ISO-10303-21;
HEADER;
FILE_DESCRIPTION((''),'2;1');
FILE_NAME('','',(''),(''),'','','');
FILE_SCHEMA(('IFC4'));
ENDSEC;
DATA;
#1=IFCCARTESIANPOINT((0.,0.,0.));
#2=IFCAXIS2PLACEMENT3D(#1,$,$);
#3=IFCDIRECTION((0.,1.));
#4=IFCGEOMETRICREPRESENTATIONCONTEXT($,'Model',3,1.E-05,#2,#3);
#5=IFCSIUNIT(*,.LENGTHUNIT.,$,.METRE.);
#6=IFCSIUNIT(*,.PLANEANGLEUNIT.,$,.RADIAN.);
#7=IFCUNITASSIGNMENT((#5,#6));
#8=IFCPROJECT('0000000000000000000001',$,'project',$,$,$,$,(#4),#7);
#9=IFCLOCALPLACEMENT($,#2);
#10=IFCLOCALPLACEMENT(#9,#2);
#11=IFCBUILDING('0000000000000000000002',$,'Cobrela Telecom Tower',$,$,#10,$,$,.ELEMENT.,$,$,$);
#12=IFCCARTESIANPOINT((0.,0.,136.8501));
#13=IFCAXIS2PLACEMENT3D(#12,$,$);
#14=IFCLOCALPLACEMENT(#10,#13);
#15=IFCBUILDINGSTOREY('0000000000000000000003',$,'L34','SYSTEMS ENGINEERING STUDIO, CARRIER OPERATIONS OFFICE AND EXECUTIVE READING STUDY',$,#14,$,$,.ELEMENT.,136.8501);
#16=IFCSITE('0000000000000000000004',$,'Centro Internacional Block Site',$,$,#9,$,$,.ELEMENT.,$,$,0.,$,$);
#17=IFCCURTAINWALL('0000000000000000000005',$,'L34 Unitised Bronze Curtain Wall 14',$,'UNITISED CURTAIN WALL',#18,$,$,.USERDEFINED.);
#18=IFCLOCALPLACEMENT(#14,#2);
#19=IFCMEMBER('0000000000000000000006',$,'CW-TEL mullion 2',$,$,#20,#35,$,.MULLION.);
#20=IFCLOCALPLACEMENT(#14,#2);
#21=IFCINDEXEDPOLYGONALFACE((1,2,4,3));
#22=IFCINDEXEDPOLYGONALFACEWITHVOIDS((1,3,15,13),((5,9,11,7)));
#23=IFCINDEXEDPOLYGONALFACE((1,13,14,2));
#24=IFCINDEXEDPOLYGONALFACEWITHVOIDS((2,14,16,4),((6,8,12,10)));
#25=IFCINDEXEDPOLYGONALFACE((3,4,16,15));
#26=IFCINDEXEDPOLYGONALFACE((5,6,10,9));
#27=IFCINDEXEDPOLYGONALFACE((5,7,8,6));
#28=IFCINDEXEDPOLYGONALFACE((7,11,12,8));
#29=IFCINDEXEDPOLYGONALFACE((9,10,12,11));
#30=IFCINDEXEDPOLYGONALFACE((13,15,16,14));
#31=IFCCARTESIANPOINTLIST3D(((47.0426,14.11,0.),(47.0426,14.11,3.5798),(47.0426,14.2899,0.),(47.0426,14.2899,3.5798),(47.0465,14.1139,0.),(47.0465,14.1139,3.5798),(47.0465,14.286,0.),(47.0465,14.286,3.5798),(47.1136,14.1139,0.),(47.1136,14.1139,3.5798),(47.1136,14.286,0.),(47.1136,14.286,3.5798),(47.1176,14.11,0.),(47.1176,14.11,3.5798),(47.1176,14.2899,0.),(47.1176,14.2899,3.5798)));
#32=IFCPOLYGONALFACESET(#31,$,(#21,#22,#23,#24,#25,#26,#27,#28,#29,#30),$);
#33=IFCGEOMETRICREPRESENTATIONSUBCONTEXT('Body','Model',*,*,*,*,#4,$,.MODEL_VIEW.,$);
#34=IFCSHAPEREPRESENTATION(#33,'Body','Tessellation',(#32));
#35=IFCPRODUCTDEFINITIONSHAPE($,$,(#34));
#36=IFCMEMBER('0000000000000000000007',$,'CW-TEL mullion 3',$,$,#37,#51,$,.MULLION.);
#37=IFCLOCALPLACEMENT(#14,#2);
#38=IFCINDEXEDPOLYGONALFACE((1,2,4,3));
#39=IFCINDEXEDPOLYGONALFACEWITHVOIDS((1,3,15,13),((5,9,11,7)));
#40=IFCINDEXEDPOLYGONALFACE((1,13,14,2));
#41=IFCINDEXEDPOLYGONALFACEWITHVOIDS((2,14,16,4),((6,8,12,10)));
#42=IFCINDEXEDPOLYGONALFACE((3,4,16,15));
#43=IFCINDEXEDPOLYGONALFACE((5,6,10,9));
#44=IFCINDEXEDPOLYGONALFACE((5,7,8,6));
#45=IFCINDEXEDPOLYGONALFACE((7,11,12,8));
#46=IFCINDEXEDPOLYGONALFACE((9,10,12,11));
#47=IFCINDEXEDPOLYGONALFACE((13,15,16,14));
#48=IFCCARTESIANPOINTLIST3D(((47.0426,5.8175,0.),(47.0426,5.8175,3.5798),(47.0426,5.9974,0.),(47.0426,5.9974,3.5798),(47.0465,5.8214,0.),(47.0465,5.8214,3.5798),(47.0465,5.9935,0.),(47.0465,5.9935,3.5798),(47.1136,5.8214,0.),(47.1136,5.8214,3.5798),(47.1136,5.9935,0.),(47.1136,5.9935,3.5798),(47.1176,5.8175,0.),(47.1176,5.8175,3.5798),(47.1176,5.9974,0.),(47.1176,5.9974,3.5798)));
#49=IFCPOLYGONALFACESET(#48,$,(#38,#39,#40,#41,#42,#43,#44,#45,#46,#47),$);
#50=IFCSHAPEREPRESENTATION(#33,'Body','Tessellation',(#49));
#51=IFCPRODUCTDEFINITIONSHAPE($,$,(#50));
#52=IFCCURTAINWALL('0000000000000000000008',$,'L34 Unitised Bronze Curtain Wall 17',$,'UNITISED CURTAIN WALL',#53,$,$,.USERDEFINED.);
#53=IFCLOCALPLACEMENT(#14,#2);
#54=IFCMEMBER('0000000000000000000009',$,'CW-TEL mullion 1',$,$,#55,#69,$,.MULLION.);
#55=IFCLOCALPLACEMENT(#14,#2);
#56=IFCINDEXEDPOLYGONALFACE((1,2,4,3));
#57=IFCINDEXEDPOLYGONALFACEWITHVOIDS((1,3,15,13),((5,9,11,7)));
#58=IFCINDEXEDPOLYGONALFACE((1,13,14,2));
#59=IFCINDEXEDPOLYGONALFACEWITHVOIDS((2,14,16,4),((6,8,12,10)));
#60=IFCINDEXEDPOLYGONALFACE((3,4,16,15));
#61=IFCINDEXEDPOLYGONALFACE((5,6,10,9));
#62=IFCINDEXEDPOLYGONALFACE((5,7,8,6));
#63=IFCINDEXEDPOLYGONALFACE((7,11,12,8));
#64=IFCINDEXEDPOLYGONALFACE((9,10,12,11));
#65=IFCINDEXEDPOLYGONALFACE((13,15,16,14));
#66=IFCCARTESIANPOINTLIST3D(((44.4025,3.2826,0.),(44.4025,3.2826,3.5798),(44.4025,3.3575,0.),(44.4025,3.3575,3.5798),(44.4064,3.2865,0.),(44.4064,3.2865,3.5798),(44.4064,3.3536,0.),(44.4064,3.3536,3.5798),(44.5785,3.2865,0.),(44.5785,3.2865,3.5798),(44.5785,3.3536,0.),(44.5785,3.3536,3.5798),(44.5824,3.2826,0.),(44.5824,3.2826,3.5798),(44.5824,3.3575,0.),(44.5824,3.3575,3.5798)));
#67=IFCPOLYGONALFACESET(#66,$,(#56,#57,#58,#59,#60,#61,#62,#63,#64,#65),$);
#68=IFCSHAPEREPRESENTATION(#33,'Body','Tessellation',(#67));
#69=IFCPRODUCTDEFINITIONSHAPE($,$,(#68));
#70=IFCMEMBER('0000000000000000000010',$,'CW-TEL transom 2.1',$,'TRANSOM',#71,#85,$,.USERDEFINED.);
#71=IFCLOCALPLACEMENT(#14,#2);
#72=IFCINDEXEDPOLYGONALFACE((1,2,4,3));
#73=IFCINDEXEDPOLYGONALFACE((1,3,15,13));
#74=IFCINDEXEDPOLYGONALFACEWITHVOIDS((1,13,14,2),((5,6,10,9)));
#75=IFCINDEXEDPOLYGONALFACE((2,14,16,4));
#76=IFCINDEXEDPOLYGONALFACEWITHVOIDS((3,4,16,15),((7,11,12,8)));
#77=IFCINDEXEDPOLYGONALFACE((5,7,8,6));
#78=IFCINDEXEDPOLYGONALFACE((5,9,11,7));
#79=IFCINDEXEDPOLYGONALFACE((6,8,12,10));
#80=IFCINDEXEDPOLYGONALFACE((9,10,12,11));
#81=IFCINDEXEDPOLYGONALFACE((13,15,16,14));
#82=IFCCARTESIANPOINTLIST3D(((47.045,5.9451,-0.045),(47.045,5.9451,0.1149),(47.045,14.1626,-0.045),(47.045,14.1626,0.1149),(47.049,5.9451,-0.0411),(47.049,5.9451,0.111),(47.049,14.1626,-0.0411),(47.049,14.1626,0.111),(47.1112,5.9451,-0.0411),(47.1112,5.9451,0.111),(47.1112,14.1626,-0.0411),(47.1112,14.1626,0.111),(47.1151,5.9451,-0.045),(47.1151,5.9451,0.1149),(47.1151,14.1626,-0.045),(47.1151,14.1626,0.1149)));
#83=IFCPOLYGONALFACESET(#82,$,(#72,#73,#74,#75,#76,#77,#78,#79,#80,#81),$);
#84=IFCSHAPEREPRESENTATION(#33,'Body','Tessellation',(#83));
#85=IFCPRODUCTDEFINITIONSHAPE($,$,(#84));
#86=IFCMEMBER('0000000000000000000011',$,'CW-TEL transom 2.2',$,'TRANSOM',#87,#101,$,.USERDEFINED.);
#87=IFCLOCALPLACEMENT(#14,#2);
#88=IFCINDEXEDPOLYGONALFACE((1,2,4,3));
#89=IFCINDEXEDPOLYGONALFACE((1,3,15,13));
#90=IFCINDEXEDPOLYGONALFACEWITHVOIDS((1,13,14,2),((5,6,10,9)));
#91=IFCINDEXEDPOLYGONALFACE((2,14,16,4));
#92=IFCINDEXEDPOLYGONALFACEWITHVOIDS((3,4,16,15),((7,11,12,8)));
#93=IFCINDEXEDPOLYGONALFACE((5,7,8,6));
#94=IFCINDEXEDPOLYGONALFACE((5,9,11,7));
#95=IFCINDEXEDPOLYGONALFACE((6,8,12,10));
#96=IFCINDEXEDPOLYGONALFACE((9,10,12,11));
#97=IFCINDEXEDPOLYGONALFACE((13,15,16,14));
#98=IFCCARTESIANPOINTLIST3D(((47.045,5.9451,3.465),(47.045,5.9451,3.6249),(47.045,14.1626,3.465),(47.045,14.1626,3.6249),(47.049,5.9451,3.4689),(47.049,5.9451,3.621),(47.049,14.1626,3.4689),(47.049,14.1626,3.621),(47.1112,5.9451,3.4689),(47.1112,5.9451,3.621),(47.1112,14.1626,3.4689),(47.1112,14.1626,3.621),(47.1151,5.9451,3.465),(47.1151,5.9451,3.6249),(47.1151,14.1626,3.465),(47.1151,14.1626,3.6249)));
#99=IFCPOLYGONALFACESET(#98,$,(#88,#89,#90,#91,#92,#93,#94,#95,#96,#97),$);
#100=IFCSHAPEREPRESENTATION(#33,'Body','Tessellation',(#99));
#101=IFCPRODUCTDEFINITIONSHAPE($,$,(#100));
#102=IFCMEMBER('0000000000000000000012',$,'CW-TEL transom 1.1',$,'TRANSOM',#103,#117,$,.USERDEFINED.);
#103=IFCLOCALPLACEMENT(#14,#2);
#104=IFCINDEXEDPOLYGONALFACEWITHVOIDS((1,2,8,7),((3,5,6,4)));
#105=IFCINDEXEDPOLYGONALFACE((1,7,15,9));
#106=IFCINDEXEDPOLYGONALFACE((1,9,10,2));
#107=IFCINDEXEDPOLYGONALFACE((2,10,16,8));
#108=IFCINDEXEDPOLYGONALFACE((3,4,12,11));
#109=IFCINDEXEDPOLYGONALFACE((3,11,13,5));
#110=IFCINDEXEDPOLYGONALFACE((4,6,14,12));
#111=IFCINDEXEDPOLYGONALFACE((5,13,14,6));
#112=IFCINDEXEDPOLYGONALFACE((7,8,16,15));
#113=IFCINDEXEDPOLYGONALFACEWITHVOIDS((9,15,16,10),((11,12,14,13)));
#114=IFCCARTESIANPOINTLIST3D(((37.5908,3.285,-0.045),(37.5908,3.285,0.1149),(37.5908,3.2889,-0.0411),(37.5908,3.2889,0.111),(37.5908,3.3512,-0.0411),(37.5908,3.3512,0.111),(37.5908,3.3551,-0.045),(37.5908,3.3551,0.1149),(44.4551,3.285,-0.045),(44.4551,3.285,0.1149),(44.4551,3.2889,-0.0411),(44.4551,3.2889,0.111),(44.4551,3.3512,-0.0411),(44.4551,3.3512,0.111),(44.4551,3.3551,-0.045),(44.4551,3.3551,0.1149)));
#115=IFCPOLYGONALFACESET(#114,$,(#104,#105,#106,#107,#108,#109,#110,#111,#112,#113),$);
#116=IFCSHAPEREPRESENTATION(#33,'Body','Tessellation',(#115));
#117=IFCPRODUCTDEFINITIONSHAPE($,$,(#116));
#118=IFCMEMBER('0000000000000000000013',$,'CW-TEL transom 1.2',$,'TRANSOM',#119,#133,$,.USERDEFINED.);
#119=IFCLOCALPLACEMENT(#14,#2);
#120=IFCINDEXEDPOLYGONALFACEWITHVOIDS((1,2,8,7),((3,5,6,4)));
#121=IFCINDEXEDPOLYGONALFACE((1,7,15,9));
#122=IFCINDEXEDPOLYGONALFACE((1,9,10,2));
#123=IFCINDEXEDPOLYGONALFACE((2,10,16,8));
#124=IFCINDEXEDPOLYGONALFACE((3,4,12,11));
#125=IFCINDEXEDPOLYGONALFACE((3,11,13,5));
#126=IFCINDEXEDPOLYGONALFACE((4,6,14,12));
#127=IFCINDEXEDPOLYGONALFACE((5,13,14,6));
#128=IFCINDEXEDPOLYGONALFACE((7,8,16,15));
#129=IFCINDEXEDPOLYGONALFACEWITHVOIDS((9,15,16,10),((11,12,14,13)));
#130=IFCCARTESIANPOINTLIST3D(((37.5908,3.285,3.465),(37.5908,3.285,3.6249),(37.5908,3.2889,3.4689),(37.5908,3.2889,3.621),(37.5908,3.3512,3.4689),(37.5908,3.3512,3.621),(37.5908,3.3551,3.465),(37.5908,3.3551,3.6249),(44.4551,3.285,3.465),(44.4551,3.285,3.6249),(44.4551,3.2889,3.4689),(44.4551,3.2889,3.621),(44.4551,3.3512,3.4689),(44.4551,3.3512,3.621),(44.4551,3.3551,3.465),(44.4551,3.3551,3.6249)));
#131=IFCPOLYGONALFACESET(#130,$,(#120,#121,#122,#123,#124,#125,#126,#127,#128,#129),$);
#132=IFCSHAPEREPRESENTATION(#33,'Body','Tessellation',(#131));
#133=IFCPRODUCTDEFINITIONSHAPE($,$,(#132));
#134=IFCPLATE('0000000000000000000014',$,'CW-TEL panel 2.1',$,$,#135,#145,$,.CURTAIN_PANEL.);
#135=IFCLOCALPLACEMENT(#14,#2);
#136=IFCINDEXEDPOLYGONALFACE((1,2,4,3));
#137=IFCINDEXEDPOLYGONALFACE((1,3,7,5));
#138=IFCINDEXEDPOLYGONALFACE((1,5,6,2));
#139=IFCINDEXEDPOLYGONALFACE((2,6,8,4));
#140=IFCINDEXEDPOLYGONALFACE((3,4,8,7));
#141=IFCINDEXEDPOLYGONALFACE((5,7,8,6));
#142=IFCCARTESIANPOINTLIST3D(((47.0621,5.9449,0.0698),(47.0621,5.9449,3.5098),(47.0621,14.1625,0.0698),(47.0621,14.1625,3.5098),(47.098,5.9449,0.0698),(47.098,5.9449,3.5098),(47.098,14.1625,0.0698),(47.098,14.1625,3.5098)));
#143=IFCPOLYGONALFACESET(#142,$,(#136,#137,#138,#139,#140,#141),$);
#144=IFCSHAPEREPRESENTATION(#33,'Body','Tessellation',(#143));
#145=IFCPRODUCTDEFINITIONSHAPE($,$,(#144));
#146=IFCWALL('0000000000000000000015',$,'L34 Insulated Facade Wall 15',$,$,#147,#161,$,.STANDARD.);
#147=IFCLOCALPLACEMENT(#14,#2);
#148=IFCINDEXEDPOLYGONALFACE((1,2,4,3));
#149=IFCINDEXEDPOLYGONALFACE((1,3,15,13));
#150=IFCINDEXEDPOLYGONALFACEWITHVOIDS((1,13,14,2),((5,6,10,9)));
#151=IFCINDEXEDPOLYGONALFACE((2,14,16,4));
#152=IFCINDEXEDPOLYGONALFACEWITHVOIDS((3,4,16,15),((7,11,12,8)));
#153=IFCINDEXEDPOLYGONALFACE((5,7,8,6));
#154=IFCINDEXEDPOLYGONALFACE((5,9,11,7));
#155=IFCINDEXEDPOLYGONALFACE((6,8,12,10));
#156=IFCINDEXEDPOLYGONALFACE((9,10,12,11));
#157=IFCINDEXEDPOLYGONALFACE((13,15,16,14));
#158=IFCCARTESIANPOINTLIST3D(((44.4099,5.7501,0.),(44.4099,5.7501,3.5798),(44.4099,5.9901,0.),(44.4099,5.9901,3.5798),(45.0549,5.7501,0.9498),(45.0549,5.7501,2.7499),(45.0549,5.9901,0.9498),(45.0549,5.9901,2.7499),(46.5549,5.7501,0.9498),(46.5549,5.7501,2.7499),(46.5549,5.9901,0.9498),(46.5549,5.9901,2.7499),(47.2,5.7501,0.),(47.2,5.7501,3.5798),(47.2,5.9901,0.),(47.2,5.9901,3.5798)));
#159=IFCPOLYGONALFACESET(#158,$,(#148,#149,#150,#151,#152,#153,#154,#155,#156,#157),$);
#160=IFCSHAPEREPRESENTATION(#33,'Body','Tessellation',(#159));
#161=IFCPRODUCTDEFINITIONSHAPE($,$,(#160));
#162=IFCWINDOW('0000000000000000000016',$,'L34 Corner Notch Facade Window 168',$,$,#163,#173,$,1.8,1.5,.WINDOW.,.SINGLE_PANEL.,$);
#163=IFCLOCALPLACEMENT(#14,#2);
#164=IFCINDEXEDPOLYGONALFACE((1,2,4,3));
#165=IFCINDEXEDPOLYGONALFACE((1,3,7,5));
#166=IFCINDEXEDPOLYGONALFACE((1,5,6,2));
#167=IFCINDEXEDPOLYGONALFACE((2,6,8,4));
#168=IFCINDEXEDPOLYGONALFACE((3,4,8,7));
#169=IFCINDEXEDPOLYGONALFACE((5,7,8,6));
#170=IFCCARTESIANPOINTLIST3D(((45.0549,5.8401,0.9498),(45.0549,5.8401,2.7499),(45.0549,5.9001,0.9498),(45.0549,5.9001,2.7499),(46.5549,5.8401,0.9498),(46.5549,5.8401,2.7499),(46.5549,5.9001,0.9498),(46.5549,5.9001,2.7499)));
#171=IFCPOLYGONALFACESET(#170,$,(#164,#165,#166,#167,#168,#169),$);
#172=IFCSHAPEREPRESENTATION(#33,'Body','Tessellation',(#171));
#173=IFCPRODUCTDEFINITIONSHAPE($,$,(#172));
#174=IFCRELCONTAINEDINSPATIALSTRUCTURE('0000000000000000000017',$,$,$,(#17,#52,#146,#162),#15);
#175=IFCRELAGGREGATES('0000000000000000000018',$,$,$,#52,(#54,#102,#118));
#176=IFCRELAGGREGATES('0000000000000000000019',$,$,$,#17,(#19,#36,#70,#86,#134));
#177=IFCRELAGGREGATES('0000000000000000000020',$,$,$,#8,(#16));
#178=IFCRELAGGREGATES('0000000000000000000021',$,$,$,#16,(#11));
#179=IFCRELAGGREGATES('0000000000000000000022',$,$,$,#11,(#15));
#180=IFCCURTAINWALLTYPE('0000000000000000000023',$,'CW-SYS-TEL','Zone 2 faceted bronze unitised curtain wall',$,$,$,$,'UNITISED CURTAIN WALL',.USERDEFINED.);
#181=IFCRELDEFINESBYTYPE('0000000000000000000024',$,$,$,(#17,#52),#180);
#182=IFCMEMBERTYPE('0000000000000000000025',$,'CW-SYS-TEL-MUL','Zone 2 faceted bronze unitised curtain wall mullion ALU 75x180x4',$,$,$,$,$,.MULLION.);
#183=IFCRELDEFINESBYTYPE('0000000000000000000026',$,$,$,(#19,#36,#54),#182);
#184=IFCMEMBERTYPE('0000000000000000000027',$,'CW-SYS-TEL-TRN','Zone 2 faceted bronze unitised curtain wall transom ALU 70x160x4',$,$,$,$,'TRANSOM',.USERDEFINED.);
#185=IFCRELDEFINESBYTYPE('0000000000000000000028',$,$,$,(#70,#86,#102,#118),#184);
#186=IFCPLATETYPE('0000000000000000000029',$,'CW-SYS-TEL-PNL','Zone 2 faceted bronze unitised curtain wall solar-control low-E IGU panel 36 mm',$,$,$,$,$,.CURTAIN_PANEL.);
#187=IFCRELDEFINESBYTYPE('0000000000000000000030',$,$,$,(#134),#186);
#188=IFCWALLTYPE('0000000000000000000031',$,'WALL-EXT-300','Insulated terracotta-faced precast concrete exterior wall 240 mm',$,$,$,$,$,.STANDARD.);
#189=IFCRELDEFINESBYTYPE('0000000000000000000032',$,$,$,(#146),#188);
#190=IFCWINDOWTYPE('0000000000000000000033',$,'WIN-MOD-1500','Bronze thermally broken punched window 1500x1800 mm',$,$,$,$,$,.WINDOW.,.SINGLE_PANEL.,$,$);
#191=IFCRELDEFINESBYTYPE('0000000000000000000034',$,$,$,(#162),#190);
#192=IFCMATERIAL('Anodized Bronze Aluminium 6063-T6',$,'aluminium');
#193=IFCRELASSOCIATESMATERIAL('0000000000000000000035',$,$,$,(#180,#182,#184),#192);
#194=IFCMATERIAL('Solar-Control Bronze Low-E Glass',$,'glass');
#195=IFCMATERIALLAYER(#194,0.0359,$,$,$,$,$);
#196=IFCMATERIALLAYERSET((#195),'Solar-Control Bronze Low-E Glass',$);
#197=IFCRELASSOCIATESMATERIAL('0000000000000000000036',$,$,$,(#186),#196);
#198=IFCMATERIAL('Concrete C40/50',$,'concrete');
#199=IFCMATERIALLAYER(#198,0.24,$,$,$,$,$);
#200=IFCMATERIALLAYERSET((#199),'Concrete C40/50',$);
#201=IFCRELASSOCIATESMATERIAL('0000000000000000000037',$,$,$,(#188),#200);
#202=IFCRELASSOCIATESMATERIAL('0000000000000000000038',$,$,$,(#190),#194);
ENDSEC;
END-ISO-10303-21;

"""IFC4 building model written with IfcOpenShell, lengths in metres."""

from ifc_helpers import new_model, si_unit, direction, frame, frame_2d, origin, origin_2d, place, context, subcontext, project, spatial, rectangle, hollow_rectangle, extrude, material, layer, layer_set, material_profile, profile_set, type_object, element, fill, aggregate, save


model = new_model("IFC4")

# Units and contexts
model_context = context("Model", 3, precision=1e-05, world=origin(), true_north=direction((0.0, 1.0)))
body_context = subcontext(model_context, "Body", "Model", "MODEL_VIEW")
ifc_project = project(units=[si_unit("LENGTHUNIT", "METRE"), si_unit("PLANEANGLEUNIT", "RADIAN")], contexts=[model_context])

# Site, building, storey
site_placement = place(None, origin())
site = spatial("IfcSite", under=ifc_project, at=site_placement, Name="Centro Internacional Block Site", CompositionType="ELEMENT", RefElevation=0.0)
building_placement = place(site_placement, origin())
building = spatial("IfcBuilding", under=site, at=building_placement, Name="Cobrela Telecom Tower", CompositionType="ELEMENT")
storey_placement = place(building_placement, frame((0.0, 0.0, 136.8501)))
storey = spatial("IfcBuildingStorey", under=building, at=storey_placement, Name="L34", Description="SYSTEMS ENGINEERING STUDIO, CARRIER OPERATIONS OFFICE AND EXECUTIVE READING STUDY", CompositionType="ELEMENT", Elevation=136.8501)

# Curtain wall, members
ifc_material_1 = material(Name="Anodized Bronze Aluminium 6063-T6", Category="aluminium")
curtain_wall_type = type_object("IfcCurtainWallType", Name="CW-SYS-TEL", Description="Zone 2 faceted bronze unitised curtain wall", ElementType="UNITISED CURTAIN WALL", PredefinedType="USERDEFINED", material=ifc_material_1)
curtain_wall_1_placement = place(storey_placement, origin())
curtain_wall_1 = element("IfcCurtainWall", 1, at=curtain_wall_1_placement, inside=storey, type_object=curtain_wall_type, Name="L34 Unitised Bronze Curtain Wall 14", ObjectType="UNITISED CURTAIN WALL", PredefinedType="USERDEFINED")
ifc_material_profile_1 = material_profile(ifc_material_1, hollow_rectangle(XDim=0.075, YDim=0.1799, WallThickness=0.0039, at=origin_2d()), Name="ALU 75x180x4")
ifc_profile_set_1 = profile_set([ifc_material_profile_1], Name="Anodized Bronze Aluminium 6063-T6")
member_type_1 = type_object("IfcMemberType", Name="CW-SYS-TEL-MUL", Description="Zone 2 faceted bronze unitised curtain wall mullion ALU 75x180x4", PredefinedType="MULLION", material=ifc_profile_set_1)
member_1_placement = place(storey_placement, frame((47.0801, 14.2, 0.0), z_axis=(0.0, 0.0, 1.0), x_axis=(1.0, 0.0, 0.0)))
member_1 = element("IfcMember", 2, at=member_1_placement, type_object=member_type_1, Name="CW-TEL mullion 2", PredefinedType="MULLION", context=body_context, shape_type="SweptSolid", body=[
    extrude(hollow_rectangle(XDim=0.075, YDim=0.1799, WallThickness=0.0039, at=origin_2d()), origin(), (0.0, 0.0, 1.0), 3.5798),
])
member_2_placement = place(storey_placement, frame((47.0801, 5.9075, 0.0), z_axis=(0.0, 0.0, 1.0), x_axis=(1.0, 0.0, 0.0)))
member_2 = element("IfcMember", 3, at=member_2_placement, type_object=member_type_1, Name="CW-TEL mullion 3", PredefinedType="MULLION", context=body_context, shape_type="SweptSolid", body=[
    extrude(hollow_rectangle(XDim=0.075, YDim=0.1799, WallThickness=0.0039, at=origin_2d()), origin(), (0.0, 0.0, 1.0), 3.5798),
])

# Curtain wall, member
curtain_wall_2_placement = place(storey_placement, origin())
curtain_wall_2 = element("IfcCurtainWall", 4, at=curtain_wall_2_placement, inside=storey, type_object=curtain_wall_type, Name="L34 Unitised Bronze Curtain Wall 17", ObjectType="UNITISED CURTAIN WALL", PredefinedType="USERDEFINED")
member_3_placement = place(storey_placement, frame((44.4924, 3.3201, 0.0), z_axis=(0.0, 0.0, 1.0), x_axis=(0.0, -1.0, 0.0)))
member_3 = element("IfcMember", 5, at=member_3_placement, type_object=member_type_1, Name="CW-TEL mullion 1", PredefinedType="MULLION", context=body_context, shape_type="SweptSolid", body=[
    extrude(hollow_rectangle(XDim=0.075, YDim=0.1799, WallThickness=0.0039, at=origin_2d()), origin(), (0.0, 0.0, 1.0), 3.5798),
])

# Members
ifc_material_profile_2 = material_profile(ifc_material_1, hollow_rectangle(XDim=0.0701, YDim=0.1599, WallThickness=0.0039, at=origin_2d()), Name="ALU 70x160x4")
ifc_profile_set_2 = profile_set([ifc_material_profile_2], Name="Anodized Bronze Aluminium 6063-T6")
member_type_2 = type_object("IfcMemberType", Name="CW-SYS-TEL-TRN", Description="Zone 2 faceted bronze unitised curtain wall transom ALU 70x160x4", ElementType="TRANSOM", PredefinedType="USERDEFINED", material=ifc_profile_set_2)
member_4_placement = place(storey_placement, frame((47.0801, 14.1626, 0.0349), z_axis=(0.0, -1.0, 0.0), x_axis=(1.0, 0.0, 0.0)))
member_4 = element("IfcMember", 6, at=member_4_placement, type_object=member_type_2, Name="CW-TEL transom 2.1", ObjectType="TRANSOM", PredefinedType="USERDEFINED", context=body_context, shape_type="SweptSolid", body=[
    extrude(hollow_rectangle(XDim=0.0701, YDim=0.1599, WallThickness=0.0039, at=origin_2d()), origin(), (0.0, 0.0, 1.0), 8.2175),
])
member_5_placement = place(storey_placement, frame((47.0801, 14.1626, 3.5449), z_axis=(0.0, -1.0, 0.0), x_axis=(1.0, 0.0, 0.0)))
member_5 = element("IfcMember", 7, at=member_5_placement, type_object=member_type_2, Name="CW-TEL transom 2.2", ObjectType="TRANSOM", PredefinedType="USERDEFINED", context=body_context, shape_type="SweptSolid", body=[
    extrude(hollow_rectangle(XDim=0.0701, YDim=0.1599, WallThickness=0.0039, at=origin_2d()), origin(), (0.0, 0.0, 1.0), 8.2175),
])
member_6_placement = place(storey_placement, frame((44.4551, 3.3201, 0.0349), z_axis=(-1.0, 0.0, 0.0), x_axis=(0.0, -1.0, 0.0)))
member_6 = element("IfcMember", 8, at=member_6_placement, type_object=member_type_2, Name="CW-TEL transom 1.1", ObjectType="TRANSOM", PredefinedType="USERDEFINED", context=body_context, shape_type="SweptSolid", body=[
    extrude(hollow_rectangle(XDim=0.0701, YDim=0.1599, WallThickness=0.0039, at=origin_2d()), origin(), (0.0, 0.0, 1.0), 6.8643),
])
member_7_placement = place(storey_placement, frame((44.4551, 3.3201, 3.5449), z_axis=(-1.0, 0.0, 0.0), x_axis=(0.0, -1.0, 0.0)))
member_7 = element("IfcMember", 9, at=member_7_placement, type_object=member_type_2, Name="CW-TEL transom 1.2", ObjectType="TRANSOM", PredefinedType="USERDEFINED", context=body_context, shape_type="SweptSolid", body=[
    extrude(hollow_rectangle(XDim=0.0701, YDim=0.1599, WallThickness=0.0039, at=origin_2d()), origin(), (0.0, 0.0, 1.0), 6.8643),
])
aggregate(curtain_wall_2, [member_3, member_6, member_7])

# Plate
ifc_material_2 = material(Name="Solar-Control Bronze Low-E Glass", Category="glass")
ifc_layer_1 = layer(ifc_material_2, 0.0359)
ifc_layer_set_1 = layer_set([ifc_layer_1], Name="Solar-Control Bronze Low-E Glass")
plate_type = type_object("IfcPlateType", Name="CW-SYS-TEL-PNL", Description="Zone 2 faceted bronze unitised curtain wall solar-control low-E IGU panel 36 mm", PredefinedType="CURTAIN_PANEL", material=ifc_layer_set_1)
plate_placement = place(storey_placement, frame((47.0801, 10.0537, 0.0698), z_axis=(0.0, 0.0, 1.0), x_axis=(0.0, -1.0, 0.0)))
plate = element("IfcPlate", 10, at=plate_placement, type_object=plate_type, Name="CW-TEL panel 2.1", PredefinedType="CURTAIN_PANEL", context=body_context, shape_type="SweptSolid", body=[
    extrude(rectangle(XDim=8.2175, YDim=0.0359, at=origin_2d()), origin(), (0.0, 0.0, 1.0), 3.4399),
])
aggregate(curtain_wall_1, [member_1, member_2, member_4, member_5, plate])

# Wall, opening, window
ifc_material_3 = material(Name="Concrete C40/50", Category="concrete")
ifc_layer_2 = layer(ifc_material_3, 0.24)
ifc_layer_set_2 = layer_set([ifc_layer_2], Name="Concrete C40/50")
wall_type = type_object("IfcWallType", Name="WALL-EXT-300", Description="Insulated terracotta-faced precast concrete exterior wall 240 mm", PredefinedType="STANDARD", material=ifc_layer_set_2)
wall_1_placement = place(storey_placement, frame((47.2, 5.8701, 0.0), z_axis=(0.0, 0.0, 1.0), x_axis=(-1.0, 0.0, 0.0)))
wall_1 = element("IfcWall", 11, at=wall_1_placement, inside=storey, type_object=wall_type, Name="L34 Insulated Facade Wall 15", PredefinedType="STANDARD", context=body_context, shape_type="SweptSolid", body=[
    extrude(rectangle(XDim=2.79, YDim=0.24, at=frame_2d((1.395, 0.0))), origin(), (0.0, 0.0, 1.0), 3.5798),
])
opening_1_placement = place(wall_1_placement, frame((0.645, 0.0, 0.95)))
opening_1 = element("IfcOpeningElement", 12, at=opening_1_placement, cuts=wall_1, PredefinedType="OPENING", context=body_context, shape_type="SweptSolid", body=[
    extrude(rectangle(XDim=1.5, YDim=1.8, at=frame_2d((0.75, 0.8999))), frame((0.0, 0.1318, 0.0), z_axis=(0.0, -1.0, 0.0), x_axis=(1.0, 0.0, 0.0)), (0.0, 0.0, 1.0), 0.2639),
])
window_type_1 = type_object("IfcWindowType", Name="WIN-MOD-1500", Description="Bronze thermally broken punched window 1500x1800 mm", PartitioningType="SINGLE_PANEL", PredefinedType="WINDOW", material=ifc_material_2)
window_1_placement = place(opening_1_placement, origin())
window_1 = element("IfcWindow", 13, at=window_1_placement, inside=storey, type_object=window_type_1, Name="L34 Corner Notch Facade Window 168", OverallHeight=1.8, OverallWidth=1.5, PartitioningType="SINGLE_PANEL", PredefinedType="WINDOW", context=body_context, shape_type="SweptSolid", body=[
    extrude(rectangle(XDim=1.5, YDim=1.8, at=frame_2d((0.75, 0.8999))), frame((0.0, 0.03, 0.0), z_axis=(0.0, -1.0, 0.0), x_axis=(1.0, 0.0, 0.0)), (0.0, 0.0, 1.0), 0.0601),
])
fill(opening_1, window_1)

save(model, "model.ifc")
